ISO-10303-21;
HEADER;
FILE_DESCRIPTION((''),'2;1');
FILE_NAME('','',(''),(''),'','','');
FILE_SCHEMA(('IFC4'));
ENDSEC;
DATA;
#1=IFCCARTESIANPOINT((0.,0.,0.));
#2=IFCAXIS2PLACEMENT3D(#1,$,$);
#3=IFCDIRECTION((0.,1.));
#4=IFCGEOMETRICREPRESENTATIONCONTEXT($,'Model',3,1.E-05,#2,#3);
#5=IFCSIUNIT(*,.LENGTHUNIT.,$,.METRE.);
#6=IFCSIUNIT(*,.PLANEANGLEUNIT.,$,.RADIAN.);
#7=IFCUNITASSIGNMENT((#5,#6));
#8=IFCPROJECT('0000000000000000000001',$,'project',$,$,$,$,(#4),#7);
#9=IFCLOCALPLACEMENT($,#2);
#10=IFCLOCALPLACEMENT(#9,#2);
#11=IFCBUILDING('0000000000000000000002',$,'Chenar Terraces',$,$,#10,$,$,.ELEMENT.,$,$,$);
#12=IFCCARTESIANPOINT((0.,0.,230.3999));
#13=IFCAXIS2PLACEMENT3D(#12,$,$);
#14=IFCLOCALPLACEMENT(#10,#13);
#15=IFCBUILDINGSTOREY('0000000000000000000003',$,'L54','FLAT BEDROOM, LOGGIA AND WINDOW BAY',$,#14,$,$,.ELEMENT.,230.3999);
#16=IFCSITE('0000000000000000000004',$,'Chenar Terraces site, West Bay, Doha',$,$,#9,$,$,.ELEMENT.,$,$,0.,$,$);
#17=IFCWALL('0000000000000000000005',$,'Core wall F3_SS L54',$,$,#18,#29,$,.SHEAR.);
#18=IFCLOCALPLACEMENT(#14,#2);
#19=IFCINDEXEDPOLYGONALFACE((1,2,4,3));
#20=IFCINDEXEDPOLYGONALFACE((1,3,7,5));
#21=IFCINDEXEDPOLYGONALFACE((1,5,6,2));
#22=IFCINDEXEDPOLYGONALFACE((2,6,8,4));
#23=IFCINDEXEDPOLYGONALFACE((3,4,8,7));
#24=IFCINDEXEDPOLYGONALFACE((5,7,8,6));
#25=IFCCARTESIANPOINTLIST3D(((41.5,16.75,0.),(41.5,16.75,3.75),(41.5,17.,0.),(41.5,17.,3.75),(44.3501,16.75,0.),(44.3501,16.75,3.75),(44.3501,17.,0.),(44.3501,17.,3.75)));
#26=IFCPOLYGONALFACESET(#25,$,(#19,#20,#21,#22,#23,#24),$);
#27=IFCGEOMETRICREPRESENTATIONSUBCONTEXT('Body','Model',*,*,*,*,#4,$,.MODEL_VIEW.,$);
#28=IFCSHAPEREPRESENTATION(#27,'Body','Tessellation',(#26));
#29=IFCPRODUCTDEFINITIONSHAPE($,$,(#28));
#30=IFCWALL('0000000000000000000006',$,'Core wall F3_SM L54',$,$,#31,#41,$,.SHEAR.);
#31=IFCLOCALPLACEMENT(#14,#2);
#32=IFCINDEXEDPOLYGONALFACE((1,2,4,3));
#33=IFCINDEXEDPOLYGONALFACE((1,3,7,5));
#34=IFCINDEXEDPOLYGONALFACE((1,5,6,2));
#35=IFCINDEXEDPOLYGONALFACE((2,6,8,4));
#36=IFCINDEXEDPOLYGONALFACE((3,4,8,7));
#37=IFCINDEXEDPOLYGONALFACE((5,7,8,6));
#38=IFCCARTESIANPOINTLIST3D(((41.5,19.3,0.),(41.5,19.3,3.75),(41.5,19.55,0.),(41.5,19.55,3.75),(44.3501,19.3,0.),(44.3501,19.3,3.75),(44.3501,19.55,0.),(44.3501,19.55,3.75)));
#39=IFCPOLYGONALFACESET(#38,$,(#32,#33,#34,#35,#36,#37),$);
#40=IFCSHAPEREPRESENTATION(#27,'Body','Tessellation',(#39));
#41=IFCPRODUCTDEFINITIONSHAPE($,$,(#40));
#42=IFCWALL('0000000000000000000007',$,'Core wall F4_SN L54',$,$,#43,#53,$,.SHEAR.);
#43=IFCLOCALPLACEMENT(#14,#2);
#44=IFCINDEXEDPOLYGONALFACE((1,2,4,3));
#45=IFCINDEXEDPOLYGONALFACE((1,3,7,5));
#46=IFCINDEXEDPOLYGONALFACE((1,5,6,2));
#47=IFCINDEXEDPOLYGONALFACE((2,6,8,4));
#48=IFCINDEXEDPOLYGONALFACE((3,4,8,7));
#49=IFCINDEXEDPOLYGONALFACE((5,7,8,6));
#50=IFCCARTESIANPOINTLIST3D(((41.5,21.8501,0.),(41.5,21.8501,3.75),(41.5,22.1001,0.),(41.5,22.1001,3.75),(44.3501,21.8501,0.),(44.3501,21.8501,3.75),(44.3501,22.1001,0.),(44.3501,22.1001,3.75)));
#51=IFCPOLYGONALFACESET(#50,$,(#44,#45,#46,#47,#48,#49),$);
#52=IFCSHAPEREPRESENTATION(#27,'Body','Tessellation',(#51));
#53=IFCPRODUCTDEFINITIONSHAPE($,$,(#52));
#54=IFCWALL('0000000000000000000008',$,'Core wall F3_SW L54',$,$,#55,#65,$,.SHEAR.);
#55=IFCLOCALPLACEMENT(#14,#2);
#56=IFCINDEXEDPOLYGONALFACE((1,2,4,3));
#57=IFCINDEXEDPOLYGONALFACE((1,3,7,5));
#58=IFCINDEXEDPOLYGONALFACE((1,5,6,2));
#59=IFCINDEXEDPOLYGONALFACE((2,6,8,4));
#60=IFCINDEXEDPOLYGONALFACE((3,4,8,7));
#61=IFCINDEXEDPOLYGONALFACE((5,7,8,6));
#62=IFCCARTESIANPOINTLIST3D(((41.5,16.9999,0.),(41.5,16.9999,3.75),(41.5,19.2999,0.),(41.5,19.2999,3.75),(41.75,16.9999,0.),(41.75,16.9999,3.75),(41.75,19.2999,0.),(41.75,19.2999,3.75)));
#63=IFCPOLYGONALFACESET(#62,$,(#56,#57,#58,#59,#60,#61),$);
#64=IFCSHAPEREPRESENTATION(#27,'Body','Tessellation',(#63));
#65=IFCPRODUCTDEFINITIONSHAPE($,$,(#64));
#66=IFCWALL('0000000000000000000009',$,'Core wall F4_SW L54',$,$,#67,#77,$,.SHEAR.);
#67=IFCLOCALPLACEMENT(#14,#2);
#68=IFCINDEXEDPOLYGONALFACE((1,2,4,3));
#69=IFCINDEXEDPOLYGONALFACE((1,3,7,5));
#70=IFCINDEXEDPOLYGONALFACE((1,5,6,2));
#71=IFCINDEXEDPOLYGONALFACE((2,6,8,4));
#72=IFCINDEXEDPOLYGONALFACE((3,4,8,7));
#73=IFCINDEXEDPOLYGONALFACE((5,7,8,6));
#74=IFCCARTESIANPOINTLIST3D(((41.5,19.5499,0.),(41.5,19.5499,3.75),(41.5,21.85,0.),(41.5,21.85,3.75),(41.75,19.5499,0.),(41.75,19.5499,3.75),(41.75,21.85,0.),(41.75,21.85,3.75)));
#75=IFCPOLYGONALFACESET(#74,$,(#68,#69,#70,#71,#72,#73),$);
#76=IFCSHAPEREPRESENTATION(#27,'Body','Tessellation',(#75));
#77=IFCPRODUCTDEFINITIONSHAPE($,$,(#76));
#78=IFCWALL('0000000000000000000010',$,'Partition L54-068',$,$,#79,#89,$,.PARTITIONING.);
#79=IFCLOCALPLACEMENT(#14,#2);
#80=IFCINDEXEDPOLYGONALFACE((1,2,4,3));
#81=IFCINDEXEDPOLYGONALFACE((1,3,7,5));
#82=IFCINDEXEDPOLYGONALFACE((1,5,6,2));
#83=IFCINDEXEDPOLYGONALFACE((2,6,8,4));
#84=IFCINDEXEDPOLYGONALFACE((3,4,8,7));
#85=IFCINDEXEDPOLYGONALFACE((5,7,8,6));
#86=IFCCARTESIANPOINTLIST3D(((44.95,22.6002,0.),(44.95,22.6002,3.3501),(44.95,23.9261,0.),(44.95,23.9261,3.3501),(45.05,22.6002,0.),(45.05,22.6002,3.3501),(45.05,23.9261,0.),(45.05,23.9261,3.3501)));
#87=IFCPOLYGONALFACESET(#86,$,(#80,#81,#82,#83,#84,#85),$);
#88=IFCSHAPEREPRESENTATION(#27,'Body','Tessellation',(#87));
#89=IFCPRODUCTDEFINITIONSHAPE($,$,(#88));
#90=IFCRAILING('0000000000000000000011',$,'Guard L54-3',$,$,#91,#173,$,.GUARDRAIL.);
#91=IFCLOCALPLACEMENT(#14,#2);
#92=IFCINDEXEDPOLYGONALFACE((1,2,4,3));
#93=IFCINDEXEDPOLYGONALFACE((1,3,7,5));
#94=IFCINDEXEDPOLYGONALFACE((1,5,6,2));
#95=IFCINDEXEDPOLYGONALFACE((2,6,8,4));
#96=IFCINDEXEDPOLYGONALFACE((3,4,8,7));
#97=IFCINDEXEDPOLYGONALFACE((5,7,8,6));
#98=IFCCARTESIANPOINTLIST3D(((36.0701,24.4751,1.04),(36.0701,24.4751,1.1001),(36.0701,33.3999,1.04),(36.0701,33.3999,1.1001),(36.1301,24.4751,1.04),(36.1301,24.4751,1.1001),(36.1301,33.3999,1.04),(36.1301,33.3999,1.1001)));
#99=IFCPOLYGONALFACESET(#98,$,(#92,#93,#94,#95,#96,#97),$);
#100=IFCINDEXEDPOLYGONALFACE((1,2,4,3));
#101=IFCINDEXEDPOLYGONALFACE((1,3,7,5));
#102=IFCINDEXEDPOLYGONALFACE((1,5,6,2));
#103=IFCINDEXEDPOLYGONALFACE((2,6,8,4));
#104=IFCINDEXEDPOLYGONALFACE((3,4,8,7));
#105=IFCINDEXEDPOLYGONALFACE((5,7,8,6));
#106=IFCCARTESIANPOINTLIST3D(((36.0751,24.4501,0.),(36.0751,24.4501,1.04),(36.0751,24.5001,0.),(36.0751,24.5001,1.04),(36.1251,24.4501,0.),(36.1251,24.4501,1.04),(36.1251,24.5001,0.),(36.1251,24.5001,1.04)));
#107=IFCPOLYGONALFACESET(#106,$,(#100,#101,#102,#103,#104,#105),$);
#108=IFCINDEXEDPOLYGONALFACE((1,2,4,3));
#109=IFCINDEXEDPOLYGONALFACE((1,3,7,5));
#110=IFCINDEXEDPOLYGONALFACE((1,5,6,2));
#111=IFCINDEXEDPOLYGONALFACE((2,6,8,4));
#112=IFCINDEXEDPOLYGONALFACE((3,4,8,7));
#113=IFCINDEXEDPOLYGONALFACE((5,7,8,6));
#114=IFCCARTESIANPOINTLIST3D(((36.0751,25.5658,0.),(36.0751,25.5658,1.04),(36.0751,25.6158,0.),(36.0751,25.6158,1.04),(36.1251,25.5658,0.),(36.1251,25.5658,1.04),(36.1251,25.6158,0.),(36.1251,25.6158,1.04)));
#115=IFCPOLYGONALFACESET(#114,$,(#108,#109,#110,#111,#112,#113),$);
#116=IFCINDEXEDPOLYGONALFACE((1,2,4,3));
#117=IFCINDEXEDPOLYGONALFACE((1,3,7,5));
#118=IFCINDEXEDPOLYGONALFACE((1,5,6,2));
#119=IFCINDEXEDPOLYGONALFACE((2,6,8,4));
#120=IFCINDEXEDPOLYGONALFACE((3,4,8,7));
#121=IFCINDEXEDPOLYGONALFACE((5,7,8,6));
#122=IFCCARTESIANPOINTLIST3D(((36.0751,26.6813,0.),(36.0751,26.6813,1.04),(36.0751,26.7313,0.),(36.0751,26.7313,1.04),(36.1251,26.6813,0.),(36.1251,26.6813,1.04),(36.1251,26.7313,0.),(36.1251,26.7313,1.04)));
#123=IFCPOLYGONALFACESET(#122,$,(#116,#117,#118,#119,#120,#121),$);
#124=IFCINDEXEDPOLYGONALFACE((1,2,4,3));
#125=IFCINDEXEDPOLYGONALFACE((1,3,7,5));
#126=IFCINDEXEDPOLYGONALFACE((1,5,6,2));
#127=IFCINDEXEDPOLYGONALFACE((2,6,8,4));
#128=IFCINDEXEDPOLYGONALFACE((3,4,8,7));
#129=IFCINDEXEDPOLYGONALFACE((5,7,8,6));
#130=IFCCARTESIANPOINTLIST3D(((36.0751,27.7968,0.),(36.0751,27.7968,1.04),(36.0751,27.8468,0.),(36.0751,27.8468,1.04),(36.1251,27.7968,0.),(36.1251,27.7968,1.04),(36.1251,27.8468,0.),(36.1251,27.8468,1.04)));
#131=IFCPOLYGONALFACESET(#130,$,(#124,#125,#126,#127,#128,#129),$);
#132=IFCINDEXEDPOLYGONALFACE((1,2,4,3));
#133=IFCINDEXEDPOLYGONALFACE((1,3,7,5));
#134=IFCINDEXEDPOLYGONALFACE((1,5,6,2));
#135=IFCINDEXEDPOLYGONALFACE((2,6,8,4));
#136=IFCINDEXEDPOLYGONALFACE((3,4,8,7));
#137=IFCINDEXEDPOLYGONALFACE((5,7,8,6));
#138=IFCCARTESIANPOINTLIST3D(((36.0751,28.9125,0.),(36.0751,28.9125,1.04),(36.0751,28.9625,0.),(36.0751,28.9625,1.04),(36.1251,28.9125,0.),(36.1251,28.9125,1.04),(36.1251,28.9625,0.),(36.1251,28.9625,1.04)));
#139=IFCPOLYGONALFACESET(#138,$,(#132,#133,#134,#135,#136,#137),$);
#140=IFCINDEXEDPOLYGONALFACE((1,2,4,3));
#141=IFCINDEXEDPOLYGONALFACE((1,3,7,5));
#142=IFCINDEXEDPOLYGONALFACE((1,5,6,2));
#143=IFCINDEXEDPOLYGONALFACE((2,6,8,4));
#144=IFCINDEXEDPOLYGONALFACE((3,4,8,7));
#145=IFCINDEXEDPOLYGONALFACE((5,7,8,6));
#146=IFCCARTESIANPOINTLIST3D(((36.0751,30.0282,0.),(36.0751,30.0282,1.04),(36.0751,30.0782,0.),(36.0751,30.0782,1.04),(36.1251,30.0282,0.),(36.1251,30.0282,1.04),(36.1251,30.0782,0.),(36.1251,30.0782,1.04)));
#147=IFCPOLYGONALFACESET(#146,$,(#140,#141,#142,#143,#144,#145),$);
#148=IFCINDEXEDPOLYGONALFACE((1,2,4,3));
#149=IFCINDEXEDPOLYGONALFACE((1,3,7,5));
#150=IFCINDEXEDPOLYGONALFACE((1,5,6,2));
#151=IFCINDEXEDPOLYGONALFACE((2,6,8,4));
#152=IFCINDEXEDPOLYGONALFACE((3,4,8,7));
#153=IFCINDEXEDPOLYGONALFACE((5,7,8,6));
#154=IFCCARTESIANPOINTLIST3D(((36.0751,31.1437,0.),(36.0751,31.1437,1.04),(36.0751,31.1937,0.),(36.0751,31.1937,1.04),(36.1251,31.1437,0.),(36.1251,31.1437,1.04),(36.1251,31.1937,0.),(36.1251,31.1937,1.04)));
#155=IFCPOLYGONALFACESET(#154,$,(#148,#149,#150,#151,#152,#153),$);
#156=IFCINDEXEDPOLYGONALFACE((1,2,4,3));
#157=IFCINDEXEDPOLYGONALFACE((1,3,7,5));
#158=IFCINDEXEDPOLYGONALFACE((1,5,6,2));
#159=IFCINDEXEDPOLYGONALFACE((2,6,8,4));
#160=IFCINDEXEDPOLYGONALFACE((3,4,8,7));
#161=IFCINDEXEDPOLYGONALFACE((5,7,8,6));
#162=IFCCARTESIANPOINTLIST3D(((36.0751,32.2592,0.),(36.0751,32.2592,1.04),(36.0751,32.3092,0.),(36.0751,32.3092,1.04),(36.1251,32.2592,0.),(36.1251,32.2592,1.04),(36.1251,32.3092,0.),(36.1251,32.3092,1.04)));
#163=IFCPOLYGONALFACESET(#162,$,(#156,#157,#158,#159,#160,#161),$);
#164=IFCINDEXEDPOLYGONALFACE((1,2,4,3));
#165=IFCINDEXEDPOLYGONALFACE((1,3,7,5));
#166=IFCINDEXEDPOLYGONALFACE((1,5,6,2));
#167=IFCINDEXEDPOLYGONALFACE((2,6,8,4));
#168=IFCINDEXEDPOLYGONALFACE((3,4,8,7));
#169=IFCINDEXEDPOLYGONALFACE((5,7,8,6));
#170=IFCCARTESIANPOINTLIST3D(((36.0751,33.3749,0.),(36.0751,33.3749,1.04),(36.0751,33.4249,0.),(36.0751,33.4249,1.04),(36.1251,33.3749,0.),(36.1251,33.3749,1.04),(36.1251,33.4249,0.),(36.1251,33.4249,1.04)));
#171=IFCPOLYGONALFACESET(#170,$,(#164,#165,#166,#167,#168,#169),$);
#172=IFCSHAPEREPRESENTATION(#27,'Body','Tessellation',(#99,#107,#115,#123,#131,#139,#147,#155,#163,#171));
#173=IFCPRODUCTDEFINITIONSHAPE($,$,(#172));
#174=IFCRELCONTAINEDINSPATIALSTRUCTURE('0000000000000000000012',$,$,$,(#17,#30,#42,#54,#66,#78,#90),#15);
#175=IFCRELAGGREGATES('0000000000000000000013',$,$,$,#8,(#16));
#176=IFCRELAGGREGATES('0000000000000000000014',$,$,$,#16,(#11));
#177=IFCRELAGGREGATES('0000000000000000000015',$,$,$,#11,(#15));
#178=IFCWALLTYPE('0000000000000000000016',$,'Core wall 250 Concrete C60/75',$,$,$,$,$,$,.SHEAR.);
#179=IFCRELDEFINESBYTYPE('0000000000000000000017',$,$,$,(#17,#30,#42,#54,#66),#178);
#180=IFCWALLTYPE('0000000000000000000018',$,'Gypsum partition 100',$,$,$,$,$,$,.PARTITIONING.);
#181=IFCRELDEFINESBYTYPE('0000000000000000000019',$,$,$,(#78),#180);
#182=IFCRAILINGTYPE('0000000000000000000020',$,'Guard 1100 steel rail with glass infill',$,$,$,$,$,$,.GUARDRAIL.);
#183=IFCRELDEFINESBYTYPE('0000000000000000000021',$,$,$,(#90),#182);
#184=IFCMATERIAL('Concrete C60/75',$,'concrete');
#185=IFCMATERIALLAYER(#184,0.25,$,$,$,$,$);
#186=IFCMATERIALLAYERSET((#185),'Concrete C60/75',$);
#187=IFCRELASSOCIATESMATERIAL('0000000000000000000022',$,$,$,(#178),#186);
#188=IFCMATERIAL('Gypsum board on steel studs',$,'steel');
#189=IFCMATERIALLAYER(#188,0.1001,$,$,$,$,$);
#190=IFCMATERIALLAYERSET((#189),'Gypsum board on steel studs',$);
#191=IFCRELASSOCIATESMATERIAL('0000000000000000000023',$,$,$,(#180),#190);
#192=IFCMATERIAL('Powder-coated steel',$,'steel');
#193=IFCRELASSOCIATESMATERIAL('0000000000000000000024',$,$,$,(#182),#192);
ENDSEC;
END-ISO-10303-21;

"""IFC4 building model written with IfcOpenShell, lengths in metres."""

from ifc_helpers import new_model, si_unit, direction, frame, frame_2d, origin, origin_2d, place, context, subcontext, project, spatial, rectangle, extrude, material, layer, layer_set, type_object, element, save


model = new_model("IFC4")

# Units and contexts
model_context = context("Model", 3, precision=1e-05, world=origin(), true_north=direction((0.0, 1.0)))
body_context = subcontext(model_context, "Body", "Model", "MODEL_VIEW")
ifc_project = project(units=[si_unit("LENGTHUNIT", "METRE"), si_unit("PLANEANGLEUNIT", "RADIAN")], contexts=[model_context])

# Site, building, storey
site_placement = place(None, origin())
site = spatial("IfcSite", under=ifc_project, at=site_placement, Name="Chenar Terraces site, West Bay, Doha", CompositionType="ELEMENT", RefElevation=0.0)
building_placement = place(site_placement, origin())
building = spatial("IfcBuilding", under=site, at=building_placement, Name="Chenar Terraces", CompositionType="ELEMENT")
storey_placement = place(building_placement, frame((0.0, 0.0, 230.3999)))
storey = spatial("IfcBuildingStorey", under=building, at=storey_placement, Name="L54", Description="FLAT BEDROOM, LOGGIA AND WINDOW BAY", CompositionType="ELEMENT", Elevation=230.3999)

# Shared definitions
ifc_material_1 = material(Name="Concrete C60/75", Category="concrete")
ifc_layer_1 = layer(ifc_material_1, 0.25)
ifc_layer_set_1 = layer_set([ifc_layer_1], Name="Concrete C60/75")
wall_type_1 = type_object("IfcWallType", Name="Core wall 250 Concrete C60/75", PredefinedType="SHEAR", material=ifc_layer_set_1)

# Walls
for number, where, z_axis, x_axis, name in (
    (1, (41.5, 16.875, 0.0), (0.0, 0.0, 1.0), (1.0, 0.0, 0.0), "Core wall F3_SS L54"),
    (2, (41.5, 19.425, 0.0), (0.0, 0.0, 1.0), (1.0, 0.0, 0.0), "Core wall F3_SM L54"),
    (3, (41.5, 21.9751, 0.0), (0.0, 0.0, 1.0), (1.0, 0.0, 0.0), "Core wall F4_SN L54"),
):
    element("IfcWall", number, at=place(storey_placement, frame(where, z_axis=z_axis, x_axis=x_axis)), inside=storey, type_object=wall_type_1, Name=name, PredefinedType="SHEAR", context=body_context, shape_type="SweptSolid", body=[
        extrude(rectangle(XDim=2.8501, YDim=0.25, at=frame_2d((1.425, 0.0))), origin(), (0.0, 0.0, 1.0), 3.75),
    ])
for number, where, z_axis, x_axis, name in (
    (4, (41.625, 17.0, 0.0), (0.0, 0.0, 1.0), (0.0, 1.0, 0.0), "Core wall F3_SW L54"),
    (5, (41.625, 19.55, 0.0), (0.0, 0.0, 1.0), (0.0, 1.0, 0.0), "Core wall F4_SW L54"),
):
    element("IfcWall", number, at=place(storey_placement, frame(where, z_axis=z_axis, x_axis=x_axis)), inside=storey, type_object=wall_type_1, Name=name, PredefinedType="SHEAR", context=body_context, shape_type="SweptSolid", body=[
        extrude(rectangle(XDim=2.3, YDim=0.25, at=frame_2d((1.1499, 0.0))), origin(), (0.0, 0.0, 1.0), 3.75),
    ])
ifc_material_2 = material(Name="Gypsum board on steel studs", Category="steel")
ifc_layer_2 = layer(ifc_material_2, 0.1001)
ifc_layer_set_2 = layer_set([ifc_layer_2], Name="Gypsum board on steel studs")
wall_type_2 = type_object("IfcWallType", Name="Gypsum partition 100", PredefinedType="PARTITIONING", material=ifc_layer_set_2)
wall_1_placement = place(storey_placement, frame((45.0, 22.6001, 0.0), z_axis=(0.0, 0.0, 1.0), x_axis=(0.0, 1.0, 0.0)))
element("IfcWall", 6, at=wall_1_placement, inside=storey, type_object=wall_type_2, Name="Partition L54-068", PredefinedType="PARTITIONING", context=body_context, shape_type="SweptSolid", body=[
    extrude(rectangle(XDim=1.3259, YDim=0.1001, at=frame_2d((0.6631, 0.0))), origin(), (0.0, 0.0, 1.0), 3.3501),
])

# Railing
ifc_material_3 = material(Name="Powder-coated steel", Category="steel")
railing_type = type_object("IfcRailingType", Name="Guard 1100 steel rail with glass infill", PredefinedType="GUARDRAIL", material=ifc_material_3)
railing_placement = place(storey_placement, frame((36.1001, 24.4751, 0.0)))
element("IfcRailing", 7, at=railing_placement, inside=storey, type_object=railing_type, Name="Guard L54-3", PredefinedType="GUARDRAIL", context=body_context, shape_type="SweptSolid", body=[
    extrude(rectangle(XDim=0.0601, YDim=0.0601, at=origin_2d()), frame((0.0, 0.0, 1.0701), z_axis=(0.0, 1.0, 0.0), x_axis=(-1.0, 0.0, 0.0)), (0.0, 0.0, 1.0), 8.9248),
    extrude(rectangle(XDim=0.05, YDim=0.05, at=origin_2d()), origin(), (0.0, 0.0, 1.0), 1.04),
    extrude(rectangle(XDim=0.05, YDim=0.05, at=origin_2d()), frame((0.0, 1.1157, 0.0)), (0.0, 0.0, 1.0), 1.04),
    extrude(rectangle(XDim=0.05, YDim=0.05, at=origin_2d()), frame((0.0, 2.2312, 0.0)), (0.0, 0.0, 1.0), 1.04),
    extrude(rectangle(XDim=0.05, YDim=0.05, at=origin_2d()), frame((0.0, 3.3467, 0.0)), (0.0, 0.0, 1.0), 1.04),
    extrude(rectangle(XDim=0.05, YDim=0.05, at=origin_2d()), frame((0.0, 4.4624, 0.0)), (0.0, 0.0, 1.0), 1.04),
    extrude(rectangle(XDim=0.05, YDim=0.05, at=origin_2d()), frame((0.0, 5.5781, 0.0)), (0.0, 0.0, 1.0), 1.04),
    extrude(rectangle(XDim=0.05, YDim=0.05, at=origin_2d()), frame((0.0, 6.6936, 0.0)), (0.0, 0.0, 1.0), 1.04),
    extrude(rectangle(XDim=0.05, YDim=0.05, at=origin_2d()), frame((0.0, 7.8091, 0.0)), (0.0, 0.0, 1.0), 1.04),
    extrude(rectangle(XDim=0.05, YDim=0.05, at=origin_2d()), frame((0.0, 8.9248, 0.0)), (0.0, 0.0, 1.0), 1.04),
])

save(model, "model.ifc")
